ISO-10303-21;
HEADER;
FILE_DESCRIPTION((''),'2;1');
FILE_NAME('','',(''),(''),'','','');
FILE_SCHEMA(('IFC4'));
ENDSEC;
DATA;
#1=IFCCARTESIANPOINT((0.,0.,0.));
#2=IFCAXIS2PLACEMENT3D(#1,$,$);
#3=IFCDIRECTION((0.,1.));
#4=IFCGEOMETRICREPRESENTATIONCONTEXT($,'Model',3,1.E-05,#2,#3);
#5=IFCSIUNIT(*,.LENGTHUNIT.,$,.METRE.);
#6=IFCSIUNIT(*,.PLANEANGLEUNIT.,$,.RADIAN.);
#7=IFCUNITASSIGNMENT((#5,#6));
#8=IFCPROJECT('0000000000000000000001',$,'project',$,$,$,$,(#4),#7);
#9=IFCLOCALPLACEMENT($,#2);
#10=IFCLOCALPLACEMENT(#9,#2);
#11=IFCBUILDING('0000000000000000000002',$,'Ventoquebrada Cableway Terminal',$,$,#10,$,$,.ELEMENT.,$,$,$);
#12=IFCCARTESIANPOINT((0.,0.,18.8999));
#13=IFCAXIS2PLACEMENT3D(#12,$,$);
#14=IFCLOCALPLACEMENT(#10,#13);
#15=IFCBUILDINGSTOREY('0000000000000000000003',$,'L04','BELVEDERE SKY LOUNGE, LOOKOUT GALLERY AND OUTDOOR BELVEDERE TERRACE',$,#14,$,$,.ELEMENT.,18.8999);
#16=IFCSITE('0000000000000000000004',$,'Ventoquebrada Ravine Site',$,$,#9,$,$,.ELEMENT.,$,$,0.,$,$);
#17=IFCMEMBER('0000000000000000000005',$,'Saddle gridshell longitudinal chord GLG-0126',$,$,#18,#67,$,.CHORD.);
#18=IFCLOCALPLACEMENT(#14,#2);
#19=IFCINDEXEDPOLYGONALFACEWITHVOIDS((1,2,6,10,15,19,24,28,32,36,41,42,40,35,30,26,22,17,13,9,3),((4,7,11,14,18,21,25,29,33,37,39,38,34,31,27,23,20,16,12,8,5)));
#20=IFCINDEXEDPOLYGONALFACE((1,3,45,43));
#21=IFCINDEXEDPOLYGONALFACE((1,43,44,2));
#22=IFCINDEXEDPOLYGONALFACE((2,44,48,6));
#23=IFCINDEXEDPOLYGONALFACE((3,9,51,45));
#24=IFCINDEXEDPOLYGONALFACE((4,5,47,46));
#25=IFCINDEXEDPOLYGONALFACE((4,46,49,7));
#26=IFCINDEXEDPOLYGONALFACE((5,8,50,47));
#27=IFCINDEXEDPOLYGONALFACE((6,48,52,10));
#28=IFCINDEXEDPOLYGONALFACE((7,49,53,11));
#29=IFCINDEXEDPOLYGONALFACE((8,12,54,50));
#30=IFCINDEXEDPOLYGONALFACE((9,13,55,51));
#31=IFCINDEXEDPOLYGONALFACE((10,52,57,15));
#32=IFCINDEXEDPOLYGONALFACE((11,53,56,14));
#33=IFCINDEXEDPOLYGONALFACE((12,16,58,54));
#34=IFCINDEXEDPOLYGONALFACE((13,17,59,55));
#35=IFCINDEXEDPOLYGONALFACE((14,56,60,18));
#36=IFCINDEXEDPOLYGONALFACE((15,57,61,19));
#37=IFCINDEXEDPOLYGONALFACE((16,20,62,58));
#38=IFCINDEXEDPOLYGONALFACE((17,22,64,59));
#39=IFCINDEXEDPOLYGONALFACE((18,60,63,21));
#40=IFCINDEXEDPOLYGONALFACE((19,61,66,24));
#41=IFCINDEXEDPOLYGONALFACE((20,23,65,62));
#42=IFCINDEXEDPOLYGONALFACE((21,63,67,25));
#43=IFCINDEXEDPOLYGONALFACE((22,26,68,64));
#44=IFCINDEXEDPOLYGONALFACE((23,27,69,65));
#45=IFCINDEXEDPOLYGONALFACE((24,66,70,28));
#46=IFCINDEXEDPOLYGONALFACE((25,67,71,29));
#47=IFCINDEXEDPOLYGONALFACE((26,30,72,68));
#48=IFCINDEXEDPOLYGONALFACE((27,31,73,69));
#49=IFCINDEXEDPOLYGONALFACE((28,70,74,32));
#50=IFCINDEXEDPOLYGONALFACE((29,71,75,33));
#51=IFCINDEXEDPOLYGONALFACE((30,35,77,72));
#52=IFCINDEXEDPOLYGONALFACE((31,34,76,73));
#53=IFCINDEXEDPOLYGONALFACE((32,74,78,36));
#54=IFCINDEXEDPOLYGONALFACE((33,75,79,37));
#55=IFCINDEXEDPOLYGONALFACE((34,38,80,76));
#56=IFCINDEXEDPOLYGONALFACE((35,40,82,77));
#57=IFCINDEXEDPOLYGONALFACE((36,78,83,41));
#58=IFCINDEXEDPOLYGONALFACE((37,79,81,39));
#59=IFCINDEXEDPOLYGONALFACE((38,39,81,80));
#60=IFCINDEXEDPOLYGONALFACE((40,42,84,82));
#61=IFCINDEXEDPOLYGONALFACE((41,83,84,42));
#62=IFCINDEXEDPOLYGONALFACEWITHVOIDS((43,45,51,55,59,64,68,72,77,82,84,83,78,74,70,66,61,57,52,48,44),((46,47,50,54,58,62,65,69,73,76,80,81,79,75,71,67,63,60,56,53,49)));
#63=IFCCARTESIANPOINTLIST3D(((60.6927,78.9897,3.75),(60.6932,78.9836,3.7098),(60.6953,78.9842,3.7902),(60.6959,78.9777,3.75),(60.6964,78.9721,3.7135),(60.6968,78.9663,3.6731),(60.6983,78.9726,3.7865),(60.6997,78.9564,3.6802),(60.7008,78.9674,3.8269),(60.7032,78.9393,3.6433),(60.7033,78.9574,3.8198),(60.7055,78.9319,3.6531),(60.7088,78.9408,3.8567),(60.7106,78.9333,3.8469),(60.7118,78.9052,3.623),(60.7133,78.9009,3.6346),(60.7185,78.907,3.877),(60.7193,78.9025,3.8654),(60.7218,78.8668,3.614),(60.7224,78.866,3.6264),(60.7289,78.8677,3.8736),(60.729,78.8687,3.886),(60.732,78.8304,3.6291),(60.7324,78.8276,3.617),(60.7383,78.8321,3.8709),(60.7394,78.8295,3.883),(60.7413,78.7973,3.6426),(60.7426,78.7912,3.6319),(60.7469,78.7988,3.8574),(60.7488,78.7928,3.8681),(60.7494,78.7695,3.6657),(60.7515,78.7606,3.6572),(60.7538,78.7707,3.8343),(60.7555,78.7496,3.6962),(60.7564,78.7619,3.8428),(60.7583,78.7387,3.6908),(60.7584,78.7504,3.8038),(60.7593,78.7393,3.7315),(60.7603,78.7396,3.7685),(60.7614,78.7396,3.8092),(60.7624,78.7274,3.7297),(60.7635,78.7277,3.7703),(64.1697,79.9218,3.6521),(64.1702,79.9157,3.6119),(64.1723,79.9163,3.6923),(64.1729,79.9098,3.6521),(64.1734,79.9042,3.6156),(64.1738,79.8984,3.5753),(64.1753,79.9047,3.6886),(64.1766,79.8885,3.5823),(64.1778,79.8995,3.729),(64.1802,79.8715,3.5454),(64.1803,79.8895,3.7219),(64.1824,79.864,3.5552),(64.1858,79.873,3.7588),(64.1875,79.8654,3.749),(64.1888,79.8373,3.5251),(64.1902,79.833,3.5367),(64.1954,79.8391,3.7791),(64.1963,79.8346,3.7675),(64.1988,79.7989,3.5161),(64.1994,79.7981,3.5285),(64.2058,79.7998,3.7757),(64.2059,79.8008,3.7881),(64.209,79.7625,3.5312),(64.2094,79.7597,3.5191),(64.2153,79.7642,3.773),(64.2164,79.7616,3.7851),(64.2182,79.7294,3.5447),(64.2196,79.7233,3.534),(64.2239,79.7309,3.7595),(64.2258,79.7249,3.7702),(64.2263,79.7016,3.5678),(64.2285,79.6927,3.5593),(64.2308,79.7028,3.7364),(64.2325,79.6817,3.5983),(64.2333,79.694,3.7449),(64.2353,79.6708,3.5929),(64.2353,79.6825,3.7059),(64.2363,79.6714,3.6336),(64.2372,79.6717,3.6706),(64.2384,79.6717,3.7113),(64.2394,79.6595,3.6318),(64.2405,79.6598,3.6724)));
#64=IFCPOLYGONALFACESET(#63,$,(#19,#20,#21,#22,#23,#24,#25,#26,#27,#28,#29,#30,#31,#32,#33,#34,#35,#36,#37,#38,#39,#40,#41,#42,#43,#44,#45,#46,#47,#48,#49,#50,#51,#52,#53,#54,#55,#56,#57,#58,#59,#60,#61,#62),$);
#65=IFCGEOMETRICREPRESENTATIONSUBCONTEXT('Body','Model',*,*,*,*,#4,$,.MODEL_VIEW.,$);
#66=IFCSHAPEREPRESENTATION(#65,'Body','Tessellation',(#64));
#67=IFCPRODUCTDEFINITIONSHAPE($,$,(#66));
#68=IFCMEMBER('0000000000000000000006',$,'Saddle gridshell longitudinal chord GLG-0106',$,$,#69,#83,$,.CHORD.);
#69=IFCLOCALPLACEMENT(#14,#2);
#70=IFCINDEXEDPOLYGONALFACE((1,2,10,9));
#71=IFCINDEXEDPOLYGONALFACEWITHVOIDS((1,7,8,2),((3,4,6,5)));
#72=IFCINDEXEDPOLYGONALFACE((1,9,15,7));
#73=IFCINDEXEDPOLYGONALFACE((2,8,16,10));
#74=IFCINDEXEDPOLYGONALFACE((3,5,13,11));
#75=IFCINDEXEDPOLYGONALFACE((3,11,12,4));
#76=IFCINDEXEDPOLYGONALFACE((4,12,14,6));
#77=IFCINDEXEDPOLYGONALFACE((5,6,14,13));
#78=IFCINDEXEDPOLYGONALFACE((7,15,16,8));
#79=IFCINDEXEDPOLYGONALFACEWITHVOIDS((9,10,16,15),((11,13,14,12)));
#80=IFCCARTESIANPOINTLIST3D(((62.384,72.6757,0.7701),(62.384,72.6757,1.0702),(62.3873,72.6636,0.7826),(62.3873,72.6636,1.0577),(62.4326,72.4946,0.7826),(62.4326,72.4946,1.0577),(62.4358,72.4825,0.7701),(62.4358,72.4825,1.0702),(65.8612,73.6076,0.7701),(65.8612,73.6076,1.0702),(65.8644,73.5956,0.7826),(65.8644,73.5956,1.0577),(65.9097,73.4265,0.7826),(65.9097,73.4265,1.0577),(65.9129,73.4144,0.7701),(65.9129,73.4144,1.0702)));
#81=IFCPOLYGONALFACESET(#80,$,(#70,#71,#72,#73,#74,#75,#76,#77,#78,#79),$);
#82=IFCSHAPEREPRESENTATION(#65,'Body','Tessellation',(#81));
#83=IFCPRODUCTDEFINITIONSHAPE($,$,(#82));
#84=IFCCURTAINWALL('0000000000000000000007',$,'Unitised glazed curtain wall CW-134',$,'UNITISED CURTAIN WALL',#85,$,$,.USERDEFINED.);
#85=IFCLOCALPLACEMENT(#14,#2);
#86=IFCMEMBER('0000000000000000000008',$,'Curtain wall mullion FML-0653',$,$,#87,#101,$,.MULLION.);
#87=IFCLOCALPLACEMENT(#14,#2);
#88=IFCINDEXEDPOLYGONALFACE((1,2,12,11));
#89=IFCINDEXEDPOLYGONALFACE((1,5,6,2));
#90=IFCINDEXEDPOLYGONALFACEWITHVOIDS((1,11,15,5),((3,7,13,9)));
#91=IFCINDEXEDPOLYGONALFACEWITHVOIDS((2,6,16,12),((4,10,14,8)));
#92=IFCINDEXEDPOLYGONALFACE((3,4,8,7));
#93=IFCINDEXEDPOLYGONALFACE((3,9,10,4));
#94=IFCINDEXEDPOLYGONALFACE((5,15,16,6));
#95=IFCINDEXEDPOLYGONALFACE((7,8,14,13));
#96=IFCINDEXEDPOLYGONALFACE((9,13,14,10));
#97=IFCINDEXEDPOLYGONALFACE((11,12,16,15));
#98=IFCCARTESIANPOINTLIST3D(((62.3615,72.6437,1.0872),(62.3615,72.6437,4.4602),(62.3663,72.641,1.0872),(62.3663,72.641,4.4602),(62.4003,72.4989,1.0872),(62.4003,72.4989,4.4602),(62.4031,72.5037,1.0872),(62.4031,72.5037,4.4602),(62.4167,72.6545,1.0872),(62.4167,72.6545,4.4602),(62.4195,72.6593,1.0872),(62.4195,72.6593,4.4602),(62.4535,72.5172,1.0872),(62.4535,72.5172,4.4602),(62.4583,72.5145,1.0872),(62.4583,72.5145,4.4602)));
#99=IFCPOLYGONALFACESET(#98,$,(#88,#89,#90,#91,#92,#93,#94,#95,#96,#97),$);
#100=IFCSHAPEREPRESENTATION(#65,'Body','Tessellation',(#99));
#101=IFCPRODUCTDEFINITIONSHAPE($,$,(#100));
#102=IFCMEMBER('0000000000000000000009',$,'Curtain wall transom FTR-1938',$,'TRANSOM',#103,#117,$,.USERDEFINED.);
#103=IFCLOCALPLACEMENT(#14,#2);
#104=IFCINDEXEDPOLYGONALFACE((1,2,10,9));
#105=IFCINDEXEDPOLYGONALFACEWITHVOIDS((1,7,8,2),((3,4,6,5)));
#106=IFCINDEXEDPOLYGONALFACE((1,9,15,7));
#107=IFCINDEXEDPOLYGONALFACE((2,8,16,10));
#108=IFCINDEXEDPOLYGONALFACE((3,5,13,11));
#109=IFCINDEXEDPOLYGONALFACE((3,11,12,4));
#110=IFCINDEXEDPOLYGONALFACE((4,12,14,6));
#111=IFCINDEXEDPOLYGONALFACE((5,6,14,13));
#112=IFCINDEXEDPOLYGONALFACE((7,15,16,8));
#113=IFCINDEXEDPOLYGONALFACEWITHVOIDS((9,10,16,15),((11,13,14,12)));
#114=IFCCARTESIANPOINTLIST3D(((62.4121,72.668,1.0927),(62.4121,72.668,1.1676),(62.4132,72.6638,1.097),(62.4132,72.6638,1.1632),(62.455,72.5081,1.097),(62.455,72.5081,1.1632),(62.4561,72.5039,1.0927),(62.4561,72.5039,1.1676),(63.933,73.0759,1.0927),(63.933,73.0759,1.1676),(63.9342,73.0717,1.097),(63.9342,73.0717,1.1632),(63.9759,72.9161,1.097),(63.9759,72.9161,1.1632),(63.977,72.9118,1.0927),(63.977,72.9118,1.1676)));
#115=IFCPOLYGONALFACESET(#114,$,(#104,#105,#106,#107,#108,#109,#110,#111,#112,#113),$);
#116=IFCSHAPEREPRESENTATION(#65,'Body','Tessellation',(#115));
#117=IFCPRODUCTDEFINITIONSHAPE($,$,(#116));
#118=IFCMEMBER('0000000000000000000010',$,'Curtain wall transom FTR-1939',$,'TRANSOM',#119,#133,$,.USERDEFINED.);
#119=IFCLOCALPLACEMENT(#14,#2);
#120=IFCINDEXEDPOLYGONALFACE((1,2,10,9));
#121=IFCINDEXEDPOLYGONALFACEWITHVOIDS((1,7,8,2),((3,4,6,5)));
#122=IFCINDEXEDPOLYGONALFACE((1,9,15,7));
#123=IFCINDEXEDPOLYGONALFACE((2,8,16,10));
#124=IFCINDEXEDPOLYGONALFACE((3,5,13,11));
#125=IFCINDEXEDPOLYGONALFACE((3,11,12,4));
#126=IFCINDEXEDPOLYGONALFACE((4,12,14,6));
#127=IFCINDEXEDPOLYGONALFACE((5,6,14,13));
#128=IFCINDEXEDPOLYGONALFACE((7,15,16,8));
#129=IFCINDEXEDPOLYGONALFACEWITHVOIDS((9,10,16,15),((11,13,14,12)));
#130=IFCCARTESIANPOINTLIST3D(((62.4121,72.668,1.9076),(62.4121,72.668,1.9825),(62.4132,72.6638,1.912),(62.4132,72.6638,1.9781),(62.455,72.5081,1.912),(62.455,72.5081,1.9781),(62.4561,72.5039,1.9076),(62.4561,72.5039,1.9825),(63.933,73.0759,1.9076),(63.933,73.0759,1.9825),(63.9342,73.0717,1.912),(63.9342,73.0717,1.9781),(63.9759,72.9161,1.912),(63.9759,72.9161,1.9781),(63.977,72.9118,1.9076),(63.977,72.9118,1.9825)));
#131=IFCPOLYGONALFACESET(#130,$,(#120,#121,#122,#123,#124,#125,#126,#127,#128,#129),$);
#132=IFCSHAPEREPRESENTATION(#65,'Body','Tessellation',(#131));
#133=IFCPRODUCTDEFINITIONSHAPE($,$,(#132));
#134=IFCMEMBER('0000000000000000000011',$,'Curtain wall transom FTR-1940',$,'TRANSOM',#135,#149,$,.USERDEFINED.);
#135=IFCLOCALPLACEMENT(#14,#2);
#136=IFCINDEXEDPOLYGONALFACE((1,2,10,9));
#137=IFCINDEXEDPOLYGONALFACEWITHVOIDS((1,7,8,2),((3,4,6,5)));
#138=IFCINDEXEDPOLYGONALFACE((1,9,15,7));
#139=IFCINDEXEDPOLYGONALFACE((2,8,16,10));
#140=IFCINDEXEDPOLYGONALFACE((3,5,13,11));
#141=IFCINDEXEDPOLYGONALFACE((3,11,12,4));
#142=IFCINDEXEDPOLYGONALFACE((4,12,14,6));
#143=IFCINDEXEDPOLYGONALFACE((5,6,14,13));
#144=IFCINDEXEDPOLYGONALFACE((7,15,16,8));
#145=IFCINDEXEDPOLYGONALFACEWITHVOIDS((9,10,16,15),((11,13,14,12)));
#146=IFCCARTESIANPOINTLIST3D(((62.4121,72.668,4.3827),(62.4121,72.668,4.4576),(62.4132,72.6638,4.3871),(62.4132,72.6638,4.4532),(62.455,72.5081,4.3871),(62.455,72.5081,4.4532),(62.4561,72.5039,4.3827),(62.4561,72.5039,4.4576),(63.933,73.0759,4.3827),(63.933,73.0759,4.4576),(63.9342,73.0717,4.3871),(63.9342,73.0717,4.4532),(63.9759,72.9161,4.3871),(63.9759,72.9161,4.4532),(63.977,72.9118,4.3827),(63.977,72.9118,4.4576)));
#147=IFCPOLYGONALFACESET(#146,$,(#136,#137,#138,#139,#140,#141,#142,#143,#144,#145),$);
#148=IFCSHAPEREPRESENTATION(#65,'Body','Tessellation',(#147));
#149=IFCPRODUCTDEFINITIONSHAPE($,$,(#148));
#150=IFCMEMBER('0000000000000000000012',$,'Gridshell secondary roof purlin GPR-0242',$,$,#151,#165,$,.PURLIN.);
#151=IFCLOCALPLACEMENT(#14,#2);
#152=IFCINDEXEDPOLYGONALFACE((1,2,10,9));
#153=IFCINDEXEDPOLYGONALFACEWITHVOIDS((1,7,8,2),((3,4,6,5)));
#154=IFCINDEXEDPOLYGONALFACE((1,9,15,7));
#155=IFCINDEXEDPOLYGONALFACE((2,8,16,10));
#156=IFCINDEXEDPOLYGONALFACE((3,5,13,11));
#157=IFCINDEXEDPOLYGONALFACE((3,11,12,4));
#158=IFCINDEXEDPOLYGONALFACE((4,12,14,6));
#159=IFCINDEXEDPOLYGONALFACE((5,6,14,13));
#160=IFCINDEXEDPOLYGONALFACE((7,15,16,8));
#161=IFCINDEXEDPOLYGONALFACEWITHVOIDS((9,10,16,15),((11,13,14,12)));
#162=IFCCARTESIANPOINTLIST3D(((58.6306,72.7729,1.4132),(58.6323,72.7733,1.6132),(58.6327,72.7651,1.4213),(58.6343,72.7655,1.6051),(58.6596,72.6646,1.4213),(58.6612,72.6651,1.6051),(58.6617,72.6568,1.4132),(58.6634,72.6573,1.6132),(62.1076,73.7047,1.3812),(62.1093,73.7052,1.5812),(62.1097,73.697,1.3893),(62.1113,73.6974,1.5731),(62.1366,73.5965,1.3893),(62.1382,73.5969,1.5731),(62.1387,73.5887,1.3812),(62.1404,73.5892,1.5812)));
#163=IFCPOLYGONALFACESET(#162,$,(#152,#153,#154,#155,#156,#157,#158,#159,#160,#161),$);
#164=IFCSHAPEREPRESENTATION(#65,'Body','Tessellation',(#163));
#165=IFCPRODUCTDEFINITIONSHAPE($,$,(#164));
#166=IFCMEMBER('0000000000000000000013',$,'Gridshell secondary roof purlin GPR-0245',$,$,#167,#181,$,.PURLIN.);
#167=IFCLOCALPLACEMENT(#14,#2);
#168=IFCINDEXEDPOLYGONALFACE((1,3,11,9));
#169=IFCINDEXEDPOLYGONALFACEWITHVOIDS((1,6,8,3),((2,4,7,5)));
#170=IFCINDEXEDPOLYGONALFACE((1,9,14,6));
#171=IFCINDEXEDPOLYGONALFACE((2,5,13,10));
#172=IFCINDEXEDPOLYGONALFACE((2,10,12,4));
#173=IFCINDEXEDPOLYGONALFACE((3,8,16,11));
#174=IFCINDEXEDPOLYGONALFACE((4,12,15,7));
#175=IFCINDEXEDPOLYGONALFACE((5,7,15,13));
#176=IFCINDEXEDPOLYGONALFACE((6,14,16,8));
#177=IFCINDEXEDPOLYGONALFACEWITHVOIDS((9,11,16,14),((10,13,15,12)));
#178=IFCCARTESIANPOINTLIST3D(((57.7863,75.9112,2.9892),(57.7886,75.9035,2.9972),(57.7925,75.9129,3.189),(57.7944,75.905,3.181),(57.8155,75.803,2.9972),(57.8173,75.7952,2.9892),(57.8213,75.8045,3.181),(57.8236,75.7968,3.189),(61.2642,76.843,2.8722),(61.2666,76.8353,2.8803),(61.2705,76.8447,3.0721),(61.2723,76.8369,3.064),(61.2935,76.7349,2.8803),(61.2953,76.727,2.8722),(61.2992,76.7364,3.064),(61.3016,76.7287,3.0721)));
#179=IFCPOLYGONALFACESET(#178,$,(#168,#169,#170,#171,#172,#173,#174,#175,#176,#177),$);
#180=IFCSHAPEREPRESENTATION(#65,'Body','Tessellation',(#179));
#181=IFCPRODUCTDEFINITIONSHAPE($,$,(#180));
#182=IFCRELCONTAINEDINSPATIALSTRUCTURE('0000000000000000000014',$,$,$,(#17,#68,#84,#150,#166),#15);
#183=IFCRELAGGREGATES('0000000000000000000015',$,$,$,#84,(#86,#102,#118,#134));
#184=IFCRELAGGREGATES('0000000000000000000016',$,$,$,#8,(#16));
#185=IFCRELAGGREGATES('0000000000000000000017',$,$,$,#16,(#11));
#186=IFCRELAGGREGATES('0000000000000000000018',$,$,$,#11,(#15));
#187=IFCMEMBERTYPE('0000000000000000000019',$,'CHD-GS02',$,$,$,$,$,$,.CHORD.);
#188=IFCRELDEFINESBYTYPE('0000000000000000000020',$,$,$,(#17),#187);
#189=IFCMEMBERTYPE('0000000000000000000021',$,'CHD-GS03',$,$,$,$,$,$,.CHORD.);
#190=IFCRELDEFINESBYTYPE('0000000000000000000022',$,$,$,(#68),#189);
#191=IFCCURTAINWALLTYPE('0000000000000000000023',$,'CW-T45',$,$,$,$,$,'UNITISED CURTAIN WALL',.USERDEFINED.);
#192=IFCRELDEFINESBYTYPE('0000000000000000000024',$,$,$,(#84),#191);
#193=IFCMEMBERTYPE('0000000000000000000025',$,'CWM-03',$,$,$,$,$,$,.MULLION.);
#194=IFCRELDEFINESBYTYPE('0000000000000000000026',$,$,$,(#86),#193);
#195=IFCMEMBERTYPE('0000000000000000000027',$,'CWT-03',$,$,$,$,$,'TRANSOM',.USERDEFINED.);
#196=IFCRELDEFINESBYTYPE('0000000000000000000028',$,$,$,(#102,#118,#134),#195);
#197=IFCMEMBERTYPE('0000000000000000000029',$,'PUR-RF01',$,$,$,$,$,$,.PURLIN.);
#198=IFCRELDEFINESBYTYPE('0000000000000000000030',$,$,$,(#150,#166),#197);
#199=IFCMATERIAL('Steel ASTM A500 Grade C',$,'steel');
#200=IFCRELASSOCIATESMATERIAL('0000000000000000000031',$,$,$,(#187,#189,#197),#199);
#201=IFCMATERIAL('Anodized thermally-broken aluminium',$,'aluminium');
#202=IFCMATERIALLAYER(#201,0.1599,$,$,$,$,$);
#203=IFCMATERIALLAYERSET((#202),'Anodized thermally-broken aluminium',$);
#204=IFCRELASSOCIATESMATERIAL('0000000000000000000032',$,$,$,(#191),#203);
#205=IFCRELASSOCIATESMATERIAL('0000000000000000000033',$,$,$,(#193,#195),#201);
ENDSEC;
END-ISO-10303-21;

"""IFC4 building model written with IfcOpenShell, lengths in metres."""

from ifc_helpers import new_model, si_unit, direction, frame, origin, origin_2d, place, context, subcontext, project, spatial, hollow_rectangle, hollow_circle, extrude, material, layer, layer_set, material_profile, profile_set, type_object, element, aggregate, save


model = new_model("IFC4")

# Units and contexts
model_context = context("Model", 3, precision=1e-05, world=origin(), true_north=direction((0.0, 1.0)))
body_context = subcontext(model_context, "Body", "Model", "MODEL_VIEW")
ifc_project = project(units=[si_unit("LENGTHUNIT", "METRE"), si_unit("PLANEANGLEUNIT", "RADIAN")], contexts=[model_context])

# Site, building, storey
site_placement = place(None, origin())
site = spatial("IfcSite", under=ifc_project, at=site_placement, Name="Ventoquebrada Ravine Site", CompositionType="ELEMENT", RefElevation=0.0)
building_placement = place(site_placement, origin())
building = spatial("IfcBuilding", under=site, at=building_placement, Name="Ventoquebrada Cableway Terminal", CompositionType="ELEMENT")
storey_placement = place(building_placement, frame((0.0, 0.0, 18.8999)))
storey = spatial("IfcBuildingStorey", under=building, at=storey_placement, Name="L04", Description="BELVEDERE SKY LOUNGE, LOOKOUT GALLERY AND OUTDOOR BELVEDERE TERRACE", CompositionType="ELEMENT", Elevation=18.8999)

# Members
ifc_material_1 = material(Name="Steel ASTM A500 Grade C", Category="steel")
ifc_material_profile_1 = material_profile(ifc_material_1, hollow_circle(Radius=0.1365, WallThickness=0.0125, at=origin_2d()), Name="CHS273.0X12.5")
ifc_profile_set_1 = profile_set([ifc_material_profile_1], Name="Steel ASTM A500 Grade C")
member_type_1 = type_object("IfcMemberType", Name="CHD-GS02", PredefinedType="CHORD", material=ifc_profile_set_1)
member_1_placement = place(storey_placement, frame((60.728, 78.8579, 3.75), z_axis=(0.965537, 0.258842, -0.027186), x_axis=(-0.258937, 0.965894, 0.0)))
element("IfcMember", 1, at=member_1_placement, inside=storey, type_object=member_type_1, Name="Saddle gridshell longitudinal chord GLG-0126", PredefinedType="CHORD", context=body_context, shape_type="SweptSolid", body=[
    extrude(hollow_circle(Radius=0.1365, WallThickness=0.0125, at=origin_2d()), origin(), (0.0, 0.0, 1.0), 3.6011),
])
ifc_material_profile_2 = material_profile(ifc_material_1, hollow_rectangle(XDim=0.2, YDim=0.3, WallThickness=0.0125, at=origin_2d()), Name="RHS300X200X12.5")
ifc_profile_set_2 = profile_set([ifc_material_profile_2], Name="Steel ASTM A500 Grade C")
member_type_2 = type_object("IfcMemberType", Name="CHD-GS03", PredefinedType="CHORD", material=ifc_profile_set_2)
member_2_placement = place(storey_placement, frame((62.4099, 72.5791, 0.9202), z_axis=(0.965911, 0.258874, 0.0), x_axis=(-0.258874, 0.965911, 0.0)))
element("IfcMember", 2, at=member_2_placement, inside=storey, type_object=member_type_2, Name="Saddle gridshell longitudinal chord GLG-0106", PredefinedType="CHORD", context=body_context, shape_type="SweptSolid", body=[
    extrude(hollow_rectangle(XDim=0.2, YDim=0.3, WallThickness=0.0125, at=origin_2d()), origin(), (0.0, 0.0, 1.0), 3.5999),
])

# Curtain wall, members
ifc_material_2 = material(Name="Anodized thermally-broken aluminium", Category="aluminium")
ifc_layer_1 = layer(ifc_material_2, 0.1599)
ifc_layer_set_1 = layer_set([ifc_layer_1], Name="Anodized thermally-broken aluminium")
curtain_wall_type = type_object("IfcCurtainWallType", Name="CW-T45", ElementType="UNITISED CURTAIN WALL", PredefinedType="USERDEFINED", material=ifc_layer_set_1)
curtain_wall_placement = place(storey_placement, origin())
curtain_wall = element("IfcCurtainWall", 3, at=curtain_wall_placement, inside=storey, type_object=curtain_wall_type, Name="Unitised glazed curtain wall CW-134", ObjectType="UNITISED CURTAIN WALL", PredefinedType="USERDEFINED")
ifc_material_profile_3 = material_profile(ifc_material_2, hollow_rectangle(XDim=0.0601, YDim=0.1499, WallThickness=0.0039, at=origin_2d()), Name="CW-MUL-60X150")
ifc_profile_set_3 = profile_set([ifc_material_profile_3], Name="Anodized thermally-broken aluminium")
member_type_3 = type_object("IfcMemberType", Name="CWM-03", PredefinedType="MULLION", material=ifc_profile_set_3)
member_3_placement = place(storey_placement, frame((62.4099, 72.5791, 1.0872), z_axis=(0.0, 0.0, 1.0), x_axis=(0.965894, 0.258937, 0.0)))
member_3 = element("IfcMember", 4, at=member_3_placement, type_object=member_type_3, Name="Curtain wall mullion FML-0653", PredefinedType="MULLION", context=body_context, shape_type="SweptSolid", body=[
    extrude(hollow_rectangle(XDim=0.0601, YDim=0.1499, WallThickness=0.0039, at=origin_2d()), origin(), (0.0, 0.0, 1.0), 3.373),
])
ifc_material_profile_4 = material_profile(ifc_material_2, hollow_rectangle(XDim=0.075, YDim=0.1699, WallThickness=0.0044, at=origin_2d()), Name="CW-TRN-75X170")
ifc_profile_set_4 = profile_set([ifc_material_profile_4], Name="Anodized thermally-broken aluminium")
member_type_4 = type_object("IfcMemberType", Name="CWT-03", ElementType="TRANSOM", PredefinedType="USERDEFINED", material=ifc_profile_set_4)
member_4_placement = place(storey_placement, frame((62.4341, 72.5859, 1.1301), z_axis=(0.965861, 0.259062, 0.0), x_axis=(0.0, 0.0, 1.0)))
member_4 = element("IfcMember", 5, at=member_4_placement, type_object=member_type_4, Name="Curtain wall transom FTR-1938", ObjectType="TRANSOM", PredefinedType="USERDEFINED", context=body_context, shape_type="SweptSolid", body=[
    extrude(hollow_rectangle(XDim=0.075, YDim=0.1699, WallThickness=0.0044, at=origin_2d()), origin(), (0.0, 0.0, 1.0), 1.5747),
])
member_5_placement = place(storey_placement, frame((62.4341, 72.5859, 1.9451), z_axis=(0.965861, 0.259062, 0.0), x_axis=(0.0, 0.0, 1.0)))
member_5 = element("IfcMember", 6, at=member_5_placement, type_object=member_type_4, Name="Curtain wall transom FTR-1939", ObjectType="TRANSOM", PredefinedType="USERDEFINED", context=body_context, shape_type="SweptSolid", body=[
    extrude(hollow_rectangle(XDim=0.075, YDim=0.1699, WallThickness=0.0044, at=origin_2d()), origin(), (0.0, 0.0, 1.0), 1.5747),
])
member_6_placement = place(storey_placement, frame((62.4341, 72.5859, 4.4202), z_axis=(0.965861, 0.259062, 0.0), x_axis=(0.0, 0.0, 1.0)))
member_6 = element("IfcMember", 7, at=member_6_placement, type_object=member_type_4, Name="Curtain wall transom FTR-1940", ObjectType="TRANSOM", PredefinedType="USERDEFINED", context=body_context, shape_type="SweptSolid", body=[
    extrude(hollow_rectangle(XDim=0.075, YDim=0.1699, WallThickness=0.0044, at=origin_2d()), origin(), (0.0, 0.0, 1.0), 1.5747),
])

# Members
ifc_material_profile_5 = material_profile(ifc_material_1, hollow_rectangle(XDim=0.1201, YDim=0.2, WallThickness=0.0081, at=origin_2d()), Name="RHS200X120X8")
ifc_profile_set_5 = profile_set([ifc_material_profile_5], Name="Steel ASTM A500 Grade C")
member_type_5 = type_object("IfcMemberType", Name="PUR-RF01", PredefinedType="PURLIN", material=ifc_profile_set_5)
member_7_placement = place(storey_placement, frame((58.647, 72.7151, 1.5132), z_axis=(0.965873, 0.258864, -0.008884), x_axis=(-0.258874, 0.965911, 0.0)))
element("IfcMember", 8, at=member_7_placement, inside=storey, type_object=member_type_5, Name="Gridshell secondary roof purlin GPR-0242", PredefinedType="PURLIN", context=body_context, shape_type="SweptSolid", body=[
    extrude(hollow_rectangle(XDim=0.1201, YDim=0.2, WallThickness=0.0081, at=origin_2d()), origin(), (0.0, 0.0, 1.0), 3.5999),
])
member_8_placement = place(storey_placement, frame((57.8049, 75.854, 3.0891), z_axis=(0.96542, 0.25867, -0.032461), x_axis=(-0.258806, 0.965929, 0.0)))
element("IfcMember", 9, at=member_8_placement, inside=storey, type_object=member_type_5, Name="Gridshell secondary roof purlin GPR-0245", PredefinedType="PURLIN", context=body_context, shape_type="SweptSolid", body=[
    extrude(hollow_rectangle(XDim=0.1201, YDim=0.2, WallThickness=0.0081, at=origin_2d()), origin(), (0.0, 0.0, 1.0), 3.6025),
])

aggregate(curtain_wall, [member_3, member_4, member_5, member_6])

save(model, "model.ifc")
